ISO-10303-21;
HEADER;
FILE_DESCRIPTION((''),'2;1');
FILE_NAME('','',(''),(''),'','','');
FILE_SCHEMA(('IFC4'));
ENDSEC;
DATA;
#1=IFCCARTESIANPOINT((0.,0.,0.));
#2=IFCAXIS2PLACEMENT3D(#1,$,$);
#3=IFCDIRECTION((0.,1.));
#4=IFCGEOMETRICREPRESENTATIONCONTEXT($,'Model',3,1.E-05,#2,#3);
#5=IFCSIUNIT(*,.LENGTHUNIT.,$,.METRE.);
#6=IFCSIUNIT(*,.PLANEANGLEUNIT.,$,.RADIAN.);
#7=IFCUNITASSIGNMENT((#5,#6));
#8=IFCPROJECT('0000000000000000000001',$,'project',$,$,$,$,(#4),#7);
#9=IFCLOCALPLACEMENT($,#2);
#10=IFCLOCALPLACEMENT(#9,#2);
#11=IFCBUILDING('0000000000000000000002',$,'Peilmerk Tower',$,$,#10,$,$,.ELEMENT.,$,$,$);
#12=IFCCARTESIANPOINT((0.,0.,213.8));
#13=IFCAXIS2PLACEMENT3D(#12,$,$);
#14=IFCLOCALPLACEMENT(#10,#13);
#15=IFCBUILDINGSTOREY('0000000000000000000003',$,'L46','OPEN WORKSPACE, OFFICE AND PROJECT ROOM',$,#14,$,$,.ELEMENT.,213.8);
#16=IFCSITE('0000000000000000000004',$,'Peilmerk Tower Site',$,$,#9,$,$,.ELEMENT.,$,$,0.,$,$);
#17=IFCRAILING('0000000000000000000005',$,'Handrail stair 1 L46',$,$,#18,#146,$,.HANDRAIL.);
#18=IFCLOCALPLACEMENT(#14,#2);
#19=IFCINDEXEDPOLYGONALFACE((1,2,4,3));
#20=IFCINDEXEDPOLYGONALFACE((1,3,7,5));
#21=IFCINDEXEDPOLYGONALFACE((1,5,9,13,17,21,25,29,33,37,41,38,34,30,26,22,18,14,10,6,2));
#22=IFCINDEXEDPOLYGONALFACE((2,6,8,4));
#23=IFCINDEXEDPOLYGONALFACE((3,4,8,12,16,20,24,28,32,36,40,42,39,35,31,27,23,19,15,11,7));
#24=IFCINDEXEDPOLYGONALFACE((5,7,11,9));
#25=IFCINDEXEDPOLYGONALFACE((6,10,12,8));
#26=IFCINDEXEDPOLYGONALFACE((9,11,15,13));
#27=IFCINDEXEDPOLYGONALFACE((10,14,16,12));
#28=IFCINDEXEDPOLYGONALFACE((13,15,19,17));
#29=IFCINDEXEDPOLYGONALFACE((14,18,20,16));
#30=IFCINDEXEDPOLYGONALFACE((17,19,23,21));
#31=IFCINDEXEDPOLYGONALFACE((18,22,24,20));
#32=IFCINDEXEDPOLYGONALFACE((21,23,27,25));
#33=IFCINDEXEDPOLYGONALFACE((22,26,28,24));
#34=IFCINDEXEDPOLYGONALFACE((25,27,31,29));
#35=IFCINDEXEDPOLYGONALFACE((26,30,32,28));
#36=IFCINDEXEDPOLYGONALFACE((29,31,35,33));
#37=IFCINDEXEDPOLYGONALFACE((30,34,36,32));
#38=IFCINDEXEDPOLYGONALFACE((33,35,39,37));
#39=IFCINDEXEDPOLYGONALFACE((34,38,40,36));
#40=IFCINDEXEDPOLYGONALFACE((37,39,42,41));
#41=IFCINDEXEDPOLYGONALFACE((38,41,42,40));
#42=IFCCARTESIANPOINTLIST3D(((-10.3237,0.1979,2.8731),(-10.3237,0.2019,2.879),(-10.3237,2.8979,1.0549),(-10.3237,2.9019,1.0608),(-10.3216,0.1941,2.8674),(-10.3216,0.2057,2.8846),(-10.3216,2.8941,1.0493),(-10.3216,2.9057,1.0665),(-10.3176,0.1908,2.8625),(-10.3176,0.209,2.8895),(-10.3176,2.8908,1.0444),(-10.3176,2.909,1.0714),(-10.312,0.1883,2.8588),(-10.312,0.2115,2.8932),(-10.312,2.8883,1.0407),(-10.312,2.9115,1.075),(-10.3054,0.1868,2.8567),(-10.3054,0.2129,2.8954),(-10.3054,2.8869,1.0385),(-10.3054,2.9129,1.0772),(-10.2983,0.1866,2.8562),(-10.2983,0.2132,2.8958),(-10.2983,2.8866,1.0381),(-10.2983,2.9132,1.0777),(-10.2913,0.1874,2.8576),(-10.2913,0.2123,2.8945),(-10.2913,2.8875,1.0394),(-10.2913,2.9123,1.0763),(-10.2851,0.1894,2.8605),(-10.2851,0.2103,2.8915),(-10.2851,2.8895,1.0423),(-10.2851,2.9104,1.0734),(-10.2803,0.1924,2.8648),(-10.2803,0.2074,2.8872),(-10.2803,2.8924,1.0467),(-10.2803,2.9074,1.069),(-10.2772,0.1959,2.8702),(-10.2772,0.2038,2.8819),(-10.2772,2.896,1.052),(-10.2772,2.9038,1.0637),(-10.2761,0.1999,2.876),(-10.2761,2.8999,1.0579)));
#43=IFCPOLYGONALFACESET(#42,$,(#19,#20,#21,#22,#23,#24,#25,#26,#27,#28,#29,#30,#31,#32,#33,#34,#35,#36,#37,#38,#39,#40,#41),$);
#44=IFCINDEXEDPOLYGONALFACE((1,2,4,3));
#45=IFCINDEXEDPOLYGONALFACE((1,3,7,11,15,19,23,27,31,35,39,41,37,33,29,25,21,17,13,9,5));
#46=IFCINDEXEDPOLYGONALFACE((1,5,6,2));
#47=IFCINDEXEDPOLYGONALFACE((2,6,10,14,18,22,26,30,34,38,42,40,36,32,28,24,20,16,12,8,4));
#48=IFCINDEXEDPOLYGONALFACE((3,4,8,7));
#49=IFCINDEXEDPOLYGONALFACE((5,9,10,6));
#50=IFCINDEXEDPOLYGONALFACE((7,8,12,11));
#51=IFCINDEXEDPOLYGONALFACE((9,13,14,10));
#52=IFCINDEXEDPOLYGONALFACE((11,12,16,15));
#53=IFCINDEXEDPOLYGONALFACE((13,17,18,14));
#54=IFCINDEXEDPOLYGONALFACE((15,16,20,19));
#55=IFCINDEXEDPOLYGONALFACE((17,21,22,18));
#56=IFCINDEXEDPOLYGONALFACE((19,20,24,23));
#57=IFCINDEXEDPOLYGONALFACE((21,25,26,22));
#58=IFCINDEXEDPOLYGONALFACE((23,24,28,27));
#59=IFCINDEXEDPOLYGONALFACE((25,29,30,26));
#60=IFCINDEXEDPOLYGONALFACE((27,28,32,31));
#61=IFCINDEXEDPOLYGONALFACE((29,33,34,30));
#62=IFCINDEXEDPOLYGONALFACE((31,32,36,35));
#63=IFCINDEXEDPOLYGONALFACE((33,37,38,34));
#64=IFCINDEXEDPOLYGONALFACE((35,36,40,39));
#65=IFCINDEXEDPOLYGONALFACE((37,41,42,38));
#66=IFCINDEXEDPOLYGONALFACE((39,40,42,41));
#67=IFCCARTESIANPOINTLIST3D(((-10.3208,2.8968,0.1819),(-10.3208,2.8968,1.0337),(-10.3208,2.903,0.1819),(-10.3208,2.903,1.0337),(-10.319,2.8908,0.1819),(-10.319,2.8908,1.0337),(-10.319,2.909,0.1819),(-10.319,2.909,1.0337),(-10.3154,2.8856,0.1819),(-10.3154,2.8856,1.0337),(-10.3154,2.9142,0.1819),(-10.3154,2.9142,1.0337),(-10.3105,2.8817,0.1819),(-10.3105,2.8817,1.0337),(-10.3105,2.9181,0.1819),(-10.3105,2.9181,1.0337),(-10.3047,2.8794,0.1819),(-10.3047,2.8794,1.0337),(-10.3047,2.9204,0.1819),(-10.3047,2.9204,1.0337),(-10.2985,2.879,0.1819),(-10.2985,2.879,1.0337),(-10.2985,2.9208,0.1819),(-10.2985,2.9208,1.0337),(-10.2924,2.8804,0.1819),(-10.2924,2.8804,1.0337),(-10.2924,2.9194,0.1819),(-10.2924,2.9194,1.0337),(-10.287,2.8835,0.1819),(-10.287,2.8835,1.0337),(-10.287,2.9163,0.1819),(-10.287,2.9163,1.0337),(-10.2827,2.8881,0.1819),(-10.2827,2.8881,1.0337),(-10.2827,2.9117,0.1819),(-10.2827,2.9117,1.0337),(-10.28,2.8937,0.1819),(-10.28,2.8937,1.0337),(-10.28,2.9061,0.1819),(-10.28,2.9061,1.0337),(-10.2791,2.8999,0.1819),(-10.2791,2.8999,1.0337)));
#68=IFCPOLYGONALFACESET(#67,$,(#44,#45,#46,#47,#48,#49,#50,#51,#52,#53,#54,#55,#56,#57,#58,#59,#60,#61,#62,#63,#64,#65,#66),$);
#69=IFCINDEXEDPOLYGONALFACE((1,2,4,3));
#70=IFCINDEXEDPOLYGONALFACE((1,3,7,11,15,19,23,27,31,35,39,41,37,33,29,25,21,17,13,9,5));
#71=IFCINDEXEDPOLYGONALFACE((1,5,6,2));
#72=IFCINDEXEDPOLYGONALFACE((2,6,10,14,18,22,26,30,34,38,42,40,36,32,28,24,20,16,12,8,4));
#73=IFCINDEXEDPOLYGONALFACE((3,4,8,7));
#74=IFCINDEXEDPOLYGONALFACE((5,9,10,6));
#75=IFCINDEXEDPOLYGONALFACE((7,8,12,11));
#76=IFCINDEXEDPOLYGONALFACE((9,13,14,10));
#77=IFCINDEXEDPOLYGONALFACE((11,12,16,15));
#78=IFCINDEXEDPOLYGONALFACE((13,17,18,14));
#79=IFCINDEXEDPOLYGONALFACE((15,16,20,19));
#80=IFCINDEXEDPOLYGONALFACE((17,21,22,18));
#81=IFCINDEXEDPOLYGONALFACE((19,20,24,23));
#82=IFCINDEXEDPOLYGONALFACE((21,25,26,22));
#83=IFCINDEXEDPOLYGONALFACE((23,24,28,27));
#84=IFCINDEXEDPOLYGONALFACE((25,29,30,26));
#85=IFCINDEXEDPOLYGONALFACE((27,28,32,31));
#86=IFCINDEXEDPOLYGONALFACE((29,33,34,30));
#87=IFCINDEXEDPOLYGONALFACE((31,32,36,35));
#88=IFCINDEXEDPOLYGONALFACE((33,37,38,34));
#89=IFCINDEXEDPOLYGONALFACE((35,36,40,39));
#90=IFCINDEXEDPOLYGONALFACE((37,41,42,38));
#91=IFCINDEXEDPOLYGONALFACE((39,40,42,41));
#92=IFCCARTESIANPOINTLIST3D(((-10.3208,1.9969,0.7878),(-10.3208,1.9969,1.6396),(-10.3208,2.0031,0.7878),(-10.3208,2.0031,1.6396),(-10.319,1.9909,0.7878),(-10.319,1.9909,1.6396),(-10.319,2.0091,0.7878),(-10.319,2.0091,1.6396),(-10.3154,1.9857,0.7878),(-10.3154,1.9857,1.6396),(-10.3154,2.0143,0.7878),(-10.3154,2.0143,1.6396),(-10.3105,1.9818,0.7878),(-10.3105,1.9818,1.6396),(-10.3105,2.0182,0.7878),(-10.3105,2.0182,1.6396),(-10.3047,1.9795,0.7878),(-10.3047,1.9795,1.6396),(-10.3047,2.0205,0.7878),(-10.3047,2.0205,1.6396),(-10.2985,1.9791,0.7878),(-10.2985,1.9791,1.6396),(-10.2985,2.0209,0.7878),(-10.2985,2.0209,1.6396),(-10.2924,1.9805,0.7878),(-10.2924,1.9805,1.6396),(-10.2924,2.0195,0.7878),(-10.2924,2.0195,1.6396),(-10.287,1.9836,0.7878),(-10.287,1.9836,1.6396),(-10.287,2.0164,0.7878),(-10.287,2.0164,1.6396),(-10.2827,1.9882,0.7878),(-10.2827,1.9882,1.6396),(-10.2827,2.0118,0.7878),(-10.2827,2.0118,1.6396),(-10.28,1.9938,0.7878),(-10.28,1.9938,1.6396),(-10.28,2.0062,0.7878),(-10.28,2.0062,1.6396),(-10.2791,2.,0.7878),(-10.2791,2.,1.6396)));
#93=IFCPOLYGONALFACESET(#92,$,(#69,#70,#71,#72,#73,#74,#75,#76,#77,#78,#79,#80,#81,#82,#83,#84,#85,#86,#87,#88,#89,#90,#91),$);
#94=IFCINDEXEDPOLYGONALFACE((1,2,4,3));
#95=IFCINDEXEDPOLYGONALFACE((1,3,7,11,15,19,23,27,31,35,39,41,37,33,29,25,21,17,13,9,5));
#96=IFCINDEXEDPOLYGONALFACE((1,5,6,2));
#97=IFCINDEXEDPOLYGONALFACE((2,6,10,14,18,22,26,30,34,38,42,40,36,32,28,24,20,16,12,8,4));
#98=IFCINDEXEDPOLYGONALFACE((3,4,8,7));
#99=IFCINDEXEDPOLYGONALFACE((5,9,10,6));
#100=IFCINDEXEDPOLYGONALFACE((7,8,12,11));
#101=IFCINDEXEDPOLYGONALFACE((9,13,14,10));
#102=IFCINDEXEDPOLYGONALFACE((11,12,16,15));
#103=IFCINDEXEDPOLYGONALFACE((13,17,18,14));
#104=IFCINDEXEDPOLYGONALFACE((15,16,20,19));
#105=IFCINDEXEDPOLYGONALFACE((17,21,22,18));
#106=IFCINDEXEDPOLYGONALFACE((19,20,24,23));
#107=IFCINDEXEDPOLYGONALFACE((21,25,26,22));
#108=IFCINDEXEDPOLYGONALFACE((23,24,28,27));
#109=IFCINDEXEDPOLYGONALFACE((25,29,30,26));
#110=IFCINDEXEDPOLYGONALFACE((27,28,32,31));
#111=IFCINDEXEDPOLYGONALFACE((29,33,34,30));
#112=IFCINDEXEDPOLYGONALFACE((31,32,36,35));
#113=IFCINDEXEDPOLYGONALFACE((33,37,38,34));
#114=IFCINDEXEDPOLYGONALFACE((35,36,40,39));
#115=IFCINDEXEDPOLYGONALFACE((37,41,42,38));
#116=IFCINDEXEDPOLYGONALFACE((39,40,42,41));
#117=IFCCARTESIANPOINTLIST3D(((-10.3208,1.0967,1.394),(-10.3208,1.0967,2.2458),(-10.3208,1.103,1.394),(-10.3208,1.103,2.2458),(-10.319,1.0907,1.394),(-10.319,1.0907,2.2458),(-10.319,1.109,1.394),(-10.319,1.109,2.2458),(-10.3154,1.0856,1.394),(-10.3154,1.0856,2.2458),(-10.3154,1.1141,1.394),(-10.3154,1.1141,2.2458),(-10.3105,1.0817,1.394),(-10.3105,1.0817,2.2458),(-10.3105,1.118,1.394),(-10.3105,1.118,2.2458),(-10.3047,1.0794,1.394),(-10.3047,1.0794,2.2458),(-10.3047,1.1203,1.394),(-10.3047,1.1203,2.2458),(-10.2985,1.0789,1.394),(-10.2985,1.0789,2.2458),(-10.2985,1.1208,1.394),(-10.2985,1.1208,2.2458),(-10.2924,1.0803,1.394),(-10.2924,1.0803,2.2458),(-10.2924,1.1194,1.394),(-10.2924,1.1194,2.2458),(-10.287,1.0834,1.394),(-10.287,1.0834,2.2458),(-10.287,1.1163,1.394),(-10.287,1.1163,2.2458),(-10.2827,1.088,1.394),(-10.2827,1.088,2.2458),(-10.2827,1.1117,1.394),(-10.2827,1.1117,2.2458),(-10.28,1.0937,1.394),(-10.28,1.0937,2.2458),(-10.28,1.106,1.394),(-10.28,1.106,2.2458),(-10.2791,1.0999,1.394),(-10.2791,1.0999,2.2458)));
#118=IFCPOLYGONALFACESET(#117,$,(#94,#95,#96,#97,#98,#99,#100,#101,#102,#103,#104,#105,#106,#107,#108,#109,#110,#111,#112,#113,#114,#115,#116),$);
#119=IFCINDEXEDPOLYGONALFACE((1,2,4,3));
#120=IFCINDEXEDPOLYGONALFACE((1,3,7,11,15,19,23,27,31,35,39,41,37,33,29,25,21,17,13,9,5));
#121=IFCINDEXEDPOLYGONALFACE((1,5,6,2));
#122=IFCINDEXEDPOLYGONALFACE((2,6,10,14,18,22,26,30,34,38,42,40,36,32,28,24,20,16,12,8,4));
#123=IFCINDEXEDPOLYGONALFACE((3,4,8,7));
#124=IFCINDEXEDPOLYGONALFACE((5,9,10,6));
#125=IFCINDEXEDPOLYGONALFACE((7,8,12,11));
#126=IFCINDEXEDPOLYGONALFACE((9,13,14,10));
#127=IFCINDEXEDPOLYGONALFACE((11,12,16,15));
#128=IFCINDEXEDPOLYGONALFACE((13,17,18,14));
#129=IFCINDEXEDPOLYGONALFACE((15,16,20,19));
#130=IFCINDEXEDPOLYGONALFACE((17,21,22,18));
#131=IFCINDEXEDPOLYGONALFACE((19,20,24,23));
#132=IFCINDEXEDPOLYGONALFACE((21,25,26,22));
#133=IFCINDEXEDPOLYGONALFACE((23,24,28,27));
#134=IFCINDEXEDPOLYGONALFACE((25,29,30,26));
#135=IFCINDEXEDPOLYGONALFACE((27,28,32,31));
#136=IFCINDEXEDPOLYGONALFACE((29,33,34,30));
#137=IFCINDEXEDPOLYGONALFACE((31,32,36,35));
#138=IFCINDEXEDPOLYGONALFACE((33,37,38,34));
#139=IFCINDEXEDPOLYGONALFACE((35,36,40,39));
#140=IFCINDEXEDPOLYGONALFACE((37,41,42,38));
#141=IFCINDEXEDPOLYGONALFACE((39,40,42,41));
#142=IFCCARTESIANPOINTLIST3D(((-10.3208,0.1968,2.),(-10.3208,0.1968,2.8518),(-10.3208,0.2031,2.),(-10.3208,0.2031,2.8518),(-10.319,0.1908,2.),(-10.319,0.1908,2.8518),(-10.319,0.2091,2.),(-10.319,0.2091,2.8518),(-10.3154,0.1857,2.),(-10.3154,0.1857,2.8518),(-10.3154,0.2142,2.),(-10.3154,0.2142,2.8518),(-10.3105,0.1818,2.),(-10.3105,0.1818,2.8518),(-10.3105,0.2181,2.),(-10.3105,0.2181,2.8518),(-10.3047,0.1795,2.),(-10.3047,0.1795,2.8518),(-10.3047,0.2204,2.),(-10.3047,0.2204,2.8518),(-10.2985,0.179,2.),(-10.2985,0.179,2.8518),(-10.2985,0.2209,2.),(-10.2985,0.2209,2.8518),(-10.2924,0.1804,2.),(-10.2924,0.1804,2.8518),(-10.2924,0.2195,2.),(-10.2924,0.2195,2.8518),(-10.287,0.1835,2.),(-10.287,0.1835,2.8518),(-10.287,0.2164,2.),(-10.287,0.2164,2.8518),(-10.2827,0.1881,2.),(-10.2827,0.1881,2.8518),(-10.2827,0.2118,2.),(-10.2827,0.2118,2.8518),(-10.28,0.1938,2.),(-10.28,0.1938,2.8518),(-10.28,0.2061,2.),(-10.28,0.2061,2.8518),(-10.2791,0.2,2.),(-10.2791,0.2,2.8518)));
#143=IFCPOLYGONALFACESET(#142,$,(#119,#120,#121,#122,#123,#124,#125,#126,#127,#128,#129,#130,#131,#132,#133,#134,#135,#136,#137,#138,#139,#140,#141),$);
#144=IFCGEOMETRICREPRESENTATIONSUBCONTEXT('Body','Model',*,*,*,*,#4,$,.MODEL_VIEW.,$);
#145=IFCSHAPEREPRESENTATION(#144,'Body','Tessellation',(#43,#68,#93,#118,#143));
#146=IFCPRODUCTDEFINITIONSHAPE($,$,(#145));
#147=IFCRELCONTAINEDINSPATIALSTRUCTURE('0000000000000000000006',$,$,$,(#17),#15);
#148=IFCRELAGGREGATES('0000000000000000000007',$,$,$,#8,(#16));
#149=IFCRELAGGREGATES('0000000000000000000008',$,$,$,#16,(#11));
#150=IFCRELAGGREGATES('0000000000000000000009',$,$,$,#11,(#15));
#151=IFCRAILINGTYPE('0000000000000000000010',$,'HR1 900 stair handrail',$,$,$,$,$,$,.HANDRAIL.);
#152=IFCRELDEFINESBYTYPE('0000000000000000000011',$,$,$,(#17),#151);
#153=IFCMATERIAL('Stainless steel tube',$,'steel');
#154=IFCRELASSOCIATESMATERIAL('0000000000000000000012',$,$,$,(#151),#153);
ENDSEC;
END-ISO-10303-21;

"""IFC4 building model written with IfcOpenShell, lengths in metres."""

from ifc_helpers import new_model, si_unit, direction, frame, origin, origin_2d, place, context, subcontext, project, spatial, circle, extrude, material, type_object, element, save


model = new_model("IFC4")

# Units and contexts
model_context = context("Model", 3, precision=1e-05, world=origin(), true_north=direction((0.0, 1.0)))
body_context = subcontext(model_context, "Body", "Model", "MODEL_VIEW")
ifc_project = project(units=[si_unit("LENGTHUNIT", "METRE"), si_unit("PLANEANGLEUNIT", "RADIAN")], contexts=[model_context])

# Site, building, storey
site_placement = place(None, origin())
site = spatial("IfcSite", under=ifc_project, at=site_placement, Name="Peilmerk Tower Site", CompositionType="ELEMENT", RefElevation=0.0)
building_placement = place(site_placement, origin())
building = spatial("IfcBuilding", under=site, at=building_placement, Name="Peilmerk Tower", CompositionType="ELEMENT")
storey_placement = place(building_placement, frame((0.0, 0.0, 213.8)))
storey = spatial("IfcBuildingStorey", under=building, at=storey_placement, Name="L46", Description="OPEN WORKSPACE, OFFICE AND PROJECT ROOM", CompositionType="ELEMENT", Elevation=213.8)

# Railing
ifc_material_1 = material(Name="Stainless steel tube", Category="steel")
railing_type_1 = type_object("IfcRailingType", Name="HR1 900 stair handrail", PredefinedType="HANDRAIL", material=ifc_material_1)
railing_1_placement = place(storey_placement, frame((-10.3, 2.8999, 0.1819)))
element("IfcRailing", 1, at=railing_1_placement, inside=storey, type_object=railing_type_1, Name="Handrail stair 1 L46", PredefinedType="HANDRAIL", context=body_context, shape_type="SweptSolid", body=[
    extrude(circle(Radius=0.0239, at=origin_2d()), frame((0.0, 0.0, 0.876), z_axis=(0.0, -0.829468, 0.558554), x_axis=(1.0, 0.0, 0.0)), (0.0, 0.0, 1.0), 3.2551),
    extrude(circle(Radius=0.021, at=origin_2d()), origin(), (0.0, 0.0, 1.0), 0.8518),
    extrude(circle(Radius=0.021, at=origin_2d()), frame((0.0, -0.8999, 0.606)), (0.0, 0.0, 1.0), 0.8518),
    extrude(circle(Radius=0.021, at=origin_2d()), frame((0.0, -1.8, 1.2122)), (0.0, 0.0, 1.0), 0.8518),
    extrude(circle(Radius=0.021, at=origin_2d()), frame((0.0, -2.7, 1.8181)), (0.0, 0.0, 1.0), 0.8518),
])

save(model, "model.ifc")
